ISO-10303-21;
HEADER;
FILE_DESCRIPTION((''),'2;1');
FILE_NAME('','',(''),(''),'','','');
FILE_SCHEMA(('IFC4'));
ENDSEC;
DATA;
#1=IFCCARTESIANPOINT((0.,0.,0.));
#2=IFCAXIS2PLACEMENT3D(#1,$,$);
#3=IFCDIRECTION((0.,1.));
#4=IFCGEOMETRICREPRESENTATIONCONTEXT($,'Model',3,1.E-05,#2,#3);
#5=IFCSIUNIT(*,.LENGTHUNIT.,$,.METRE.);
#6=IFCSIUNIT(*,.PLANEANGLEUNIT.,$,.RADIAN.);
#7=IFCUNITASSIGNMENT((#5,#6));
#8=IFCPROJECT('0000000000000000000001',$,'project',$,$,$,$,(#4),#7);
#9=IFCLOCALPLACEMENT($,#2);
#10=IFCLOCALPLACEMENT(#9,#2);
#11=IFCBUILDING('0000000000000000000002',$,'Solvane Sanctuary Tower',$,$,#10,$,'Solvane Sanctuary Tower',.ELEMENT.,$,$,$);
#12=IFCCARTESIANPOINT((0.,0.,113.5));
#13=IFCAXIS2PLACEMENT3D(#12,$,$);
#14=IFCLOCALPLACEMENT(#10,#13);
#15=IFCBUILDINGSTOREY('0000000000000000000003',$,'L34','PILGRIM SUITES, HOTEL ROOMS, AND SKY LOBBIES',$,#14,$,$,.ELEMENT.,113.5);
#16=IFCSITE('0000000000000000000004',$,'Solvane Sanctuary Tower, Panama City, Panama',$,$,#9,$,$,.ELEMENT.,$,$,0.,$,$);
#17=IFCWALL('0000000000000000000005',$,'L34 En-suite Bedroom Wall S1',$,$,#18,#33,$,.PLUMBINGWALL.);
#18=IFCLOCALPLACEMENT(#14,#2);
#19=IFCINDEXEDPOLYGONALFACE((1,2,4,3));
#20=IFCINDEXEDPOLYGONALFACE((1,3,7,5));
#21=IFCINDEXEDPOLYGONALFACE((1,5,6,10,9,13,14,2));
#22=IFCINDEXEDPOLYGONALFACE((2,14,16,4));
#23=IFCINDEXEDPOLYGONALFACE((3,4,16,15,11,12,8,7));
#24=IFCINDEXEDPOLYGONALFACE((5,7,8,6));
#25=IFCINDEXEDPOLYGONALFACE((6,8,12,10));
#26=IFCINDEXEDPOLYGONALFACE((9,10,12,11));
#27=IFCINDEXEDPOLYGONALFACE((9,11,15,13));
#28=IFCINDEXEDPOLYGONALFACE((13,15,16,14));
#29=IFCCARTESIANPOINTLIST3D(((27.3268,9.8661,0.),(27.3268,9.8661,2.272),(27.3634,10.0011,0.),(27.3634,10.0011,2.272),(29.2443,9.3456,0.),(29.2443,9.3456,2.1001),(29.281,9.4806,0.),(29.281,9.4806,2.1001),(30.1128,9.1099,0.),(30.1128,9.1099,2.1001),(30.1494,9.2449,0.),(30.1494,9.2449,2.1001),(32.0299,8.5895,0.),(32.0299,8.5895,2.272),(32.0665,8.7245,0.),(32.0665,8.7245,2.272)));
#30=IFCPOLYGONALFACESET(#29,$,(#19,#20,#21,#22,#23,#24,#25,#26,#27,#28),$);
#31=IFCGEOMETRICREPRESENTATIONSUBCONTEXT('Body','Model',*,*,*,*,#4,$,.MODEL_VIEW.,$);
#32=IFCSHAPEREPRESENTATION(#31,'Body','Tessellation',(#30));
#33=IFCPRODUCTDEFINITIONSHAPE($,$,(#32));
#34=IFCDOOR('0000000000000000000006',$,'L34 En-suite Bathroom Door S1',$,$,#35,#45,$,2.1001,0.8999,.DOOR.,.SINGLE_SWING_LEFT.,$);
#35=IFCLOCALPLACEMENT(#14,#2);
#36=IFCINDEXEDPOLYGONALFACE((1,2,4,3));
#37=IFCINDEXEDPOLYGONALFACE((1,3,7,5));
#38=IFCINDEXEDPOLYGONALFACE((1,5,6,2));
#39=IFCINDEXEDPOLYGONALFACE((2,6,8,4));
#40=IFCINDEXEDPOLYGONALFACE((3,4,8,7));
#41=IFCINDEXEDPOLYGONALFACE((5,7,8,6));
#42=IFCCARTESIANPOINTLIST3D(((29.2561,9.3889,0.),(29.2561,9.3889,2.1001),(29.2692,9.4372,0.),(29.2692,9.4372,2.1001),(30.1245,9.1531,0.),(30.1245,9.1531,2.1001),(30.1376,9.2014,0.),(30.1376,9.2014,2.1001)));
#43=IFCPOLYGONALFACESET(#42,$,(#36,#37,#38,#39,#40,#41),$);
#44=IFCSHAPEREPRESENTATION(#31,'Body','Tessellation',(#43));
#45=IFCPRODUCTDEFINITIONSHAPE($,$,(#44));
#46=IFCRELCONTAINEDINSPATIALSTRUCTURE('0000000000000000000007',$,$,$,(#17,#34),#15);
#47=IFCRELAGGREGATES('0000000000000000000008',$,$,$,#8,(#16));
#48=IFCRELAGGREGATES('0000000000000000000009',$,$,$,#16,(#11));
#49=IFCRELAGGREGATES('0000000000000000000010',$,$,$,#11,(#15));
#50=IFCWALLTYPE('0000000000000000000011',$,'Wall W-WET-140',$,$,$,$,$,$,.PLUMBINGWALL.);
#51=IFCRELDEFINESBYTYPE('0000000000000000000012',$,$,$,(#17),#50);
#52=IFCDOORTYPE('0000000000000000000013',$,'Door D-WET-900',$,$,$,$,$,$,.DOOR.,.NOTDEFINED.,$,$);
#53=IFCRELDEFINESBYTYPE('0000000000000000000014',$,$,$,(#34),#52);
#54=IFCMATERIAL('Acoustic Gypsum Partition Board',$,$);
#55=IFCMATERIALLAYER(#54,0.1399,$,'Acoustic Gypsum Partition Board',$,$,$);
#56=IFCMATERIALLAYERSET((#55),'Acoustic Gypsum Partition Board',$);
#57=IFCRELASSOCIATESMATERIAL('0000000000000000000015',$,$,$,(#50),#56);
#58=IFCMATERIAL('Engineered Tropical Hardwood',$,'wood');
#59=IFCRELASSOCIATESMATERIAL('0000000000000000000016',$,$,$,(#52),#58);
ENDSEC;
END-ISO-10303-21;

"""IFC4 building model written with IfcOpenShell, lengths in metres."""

from ifc_helpers import new_model, si_unit, direction, frame, frame_2d, origin, place, context, subcontext, project, spatial, rectangle, extrude, material, layer, layer_set, type_object, element, fill, save


model = new_model("IFC4")

# Units and contexts
model_context = context("Model", 3, precision=1e-05, world=origin(), true_north=direction((0.0, 1.0)))
body_context = subcontext(model_context, "Body", "Model", "MODEL_VIEW")
ifc_project = project(units=[si_unit("LENGTHUNIT", "METRE"), si_unit("PLANEANGLEUNIT", "RADIAN")], contexts=[model_context])

# Site, building, storey
site_placement = place(None, origin())
site = spatial("IfcSite", under=ifc_project, at=site_placement, Name="Solvane Sanctuary Tower, Panama City, Panama", CompositionType="ELEMENT", RefElevation=0.0)
building_placement = place(site_placement, origin())
building = spatial("IfcBuilding", under=site, at=building_placement, Name="Solvane Sanctuary Tower", LongName="Solvane Sanctuary Tower", CompositionType="ELEMENT")
storey_placement = place(building_placement, frame((0.0, 0.0, 113.5)))
storey = spatial("IfcBuildingStorey", under=building, at=storey_placement, Name="L34", Description="PILGRIM SUITES, HOTEL ROOMS, AND SKY LOBBIES", CompositionType="ELEMENT", Elevation=113.5)

# Shared definitions
ifc_material_1 = material(Name="Acoustic Gypsum Partition Board")

# Shared definitions
ifc_material_2 = material(Name="Engineered Tropical Hardwood", Category="wood")

# Shared definitions
ifc_layer_1 = layer(ifc_material_1, 0.1399, Name="Acoustic Gypsum Partition Board")
ifc_layer_set_1 = layer_set([ifc_layer_1], Name="Acoustic Gypsum Partition Board")
wall_type_1 = type_object("IfcWallType", Name="Wall W-WET-140", PredefinedType="PLUMBINGWALL", material=ifc_layer_set_1)

# Wall, opening, door
wall_1_placement = place(storey_placement, frame((27.3452, 9.9336, 0.0), z_axis=(0.0, 0.0, 1.0), x_axis=(0.965079, -0.26196, 0.0)))
wall_1 = element("IfcWall", 1, at=wall_1_placement, inside=storey, type_object=wall_type_1, Name="L34 En-suite Bedroom Wall S1", PredefinedType="PLUMBINGWALL", context=body_context, shape_type="SweptSolid", body=[
    extrude(rectangle(XDim=4.8733, YDim=0.1399, at=frame_2d((2.4365, 0.0))), origin(), (0.0, 0.0, 1.0), 2.272),
])
opening_1_placement = place(wall_1_placement, frame((1.9868, 0.0, 0.0)))
opening_1 = element("IfcOpeningElement", 2, at=opening_1_placement, cuts=wall_1, PredefinedType="OPENING", context=body_context, shape_type="SweptSolid", body=[
    extrude(rectangle(XDim=0.8999, YDim=2.1001, at=frame_2d((0.45, 1.05))), frame((0.0, 0.0798, 0.0), z_axis=(0.0, -1.0, 0.0), x_axis=(1.0, 0.0, 0.0)), (0.0, 0.0, 1.0), 0.1599),
])
door_type_1 = type_object("IfcDoorType", Name="Door D-WET-900", OperationType="NOTDEFINED", PredefinedType="DOOR", material=ifc_material_2)
door_1_placement = place(opening_1_placement, origin())
door_1 = element("IfcDoor", 3, at=door_1_placement, inside=storey, type_object=door_type_1, Name="L34 En-suite Bathroom Door S1", OperationType="SINGLE_SWING_LEFT", OverallHeight=2.1001, OverallWidth=0.8999, PredefinedType="DOOR", context=body_context, shape_type="SweptSolid", body=[
    extrude(rectangle(XDim=0.8999, YDim=2.1001, at=frame_2d((0.45, 1.05))), frame((0.0, 0.0249, 0.0), z_axis=(0.0, -1.0, 0.0), x_axis=(1.0, 0.0, 0.0)), (0.0, 0.0, 1.0), 0.05),
])
fill(opening_1, door_1)

save(model, "model.ifc")
